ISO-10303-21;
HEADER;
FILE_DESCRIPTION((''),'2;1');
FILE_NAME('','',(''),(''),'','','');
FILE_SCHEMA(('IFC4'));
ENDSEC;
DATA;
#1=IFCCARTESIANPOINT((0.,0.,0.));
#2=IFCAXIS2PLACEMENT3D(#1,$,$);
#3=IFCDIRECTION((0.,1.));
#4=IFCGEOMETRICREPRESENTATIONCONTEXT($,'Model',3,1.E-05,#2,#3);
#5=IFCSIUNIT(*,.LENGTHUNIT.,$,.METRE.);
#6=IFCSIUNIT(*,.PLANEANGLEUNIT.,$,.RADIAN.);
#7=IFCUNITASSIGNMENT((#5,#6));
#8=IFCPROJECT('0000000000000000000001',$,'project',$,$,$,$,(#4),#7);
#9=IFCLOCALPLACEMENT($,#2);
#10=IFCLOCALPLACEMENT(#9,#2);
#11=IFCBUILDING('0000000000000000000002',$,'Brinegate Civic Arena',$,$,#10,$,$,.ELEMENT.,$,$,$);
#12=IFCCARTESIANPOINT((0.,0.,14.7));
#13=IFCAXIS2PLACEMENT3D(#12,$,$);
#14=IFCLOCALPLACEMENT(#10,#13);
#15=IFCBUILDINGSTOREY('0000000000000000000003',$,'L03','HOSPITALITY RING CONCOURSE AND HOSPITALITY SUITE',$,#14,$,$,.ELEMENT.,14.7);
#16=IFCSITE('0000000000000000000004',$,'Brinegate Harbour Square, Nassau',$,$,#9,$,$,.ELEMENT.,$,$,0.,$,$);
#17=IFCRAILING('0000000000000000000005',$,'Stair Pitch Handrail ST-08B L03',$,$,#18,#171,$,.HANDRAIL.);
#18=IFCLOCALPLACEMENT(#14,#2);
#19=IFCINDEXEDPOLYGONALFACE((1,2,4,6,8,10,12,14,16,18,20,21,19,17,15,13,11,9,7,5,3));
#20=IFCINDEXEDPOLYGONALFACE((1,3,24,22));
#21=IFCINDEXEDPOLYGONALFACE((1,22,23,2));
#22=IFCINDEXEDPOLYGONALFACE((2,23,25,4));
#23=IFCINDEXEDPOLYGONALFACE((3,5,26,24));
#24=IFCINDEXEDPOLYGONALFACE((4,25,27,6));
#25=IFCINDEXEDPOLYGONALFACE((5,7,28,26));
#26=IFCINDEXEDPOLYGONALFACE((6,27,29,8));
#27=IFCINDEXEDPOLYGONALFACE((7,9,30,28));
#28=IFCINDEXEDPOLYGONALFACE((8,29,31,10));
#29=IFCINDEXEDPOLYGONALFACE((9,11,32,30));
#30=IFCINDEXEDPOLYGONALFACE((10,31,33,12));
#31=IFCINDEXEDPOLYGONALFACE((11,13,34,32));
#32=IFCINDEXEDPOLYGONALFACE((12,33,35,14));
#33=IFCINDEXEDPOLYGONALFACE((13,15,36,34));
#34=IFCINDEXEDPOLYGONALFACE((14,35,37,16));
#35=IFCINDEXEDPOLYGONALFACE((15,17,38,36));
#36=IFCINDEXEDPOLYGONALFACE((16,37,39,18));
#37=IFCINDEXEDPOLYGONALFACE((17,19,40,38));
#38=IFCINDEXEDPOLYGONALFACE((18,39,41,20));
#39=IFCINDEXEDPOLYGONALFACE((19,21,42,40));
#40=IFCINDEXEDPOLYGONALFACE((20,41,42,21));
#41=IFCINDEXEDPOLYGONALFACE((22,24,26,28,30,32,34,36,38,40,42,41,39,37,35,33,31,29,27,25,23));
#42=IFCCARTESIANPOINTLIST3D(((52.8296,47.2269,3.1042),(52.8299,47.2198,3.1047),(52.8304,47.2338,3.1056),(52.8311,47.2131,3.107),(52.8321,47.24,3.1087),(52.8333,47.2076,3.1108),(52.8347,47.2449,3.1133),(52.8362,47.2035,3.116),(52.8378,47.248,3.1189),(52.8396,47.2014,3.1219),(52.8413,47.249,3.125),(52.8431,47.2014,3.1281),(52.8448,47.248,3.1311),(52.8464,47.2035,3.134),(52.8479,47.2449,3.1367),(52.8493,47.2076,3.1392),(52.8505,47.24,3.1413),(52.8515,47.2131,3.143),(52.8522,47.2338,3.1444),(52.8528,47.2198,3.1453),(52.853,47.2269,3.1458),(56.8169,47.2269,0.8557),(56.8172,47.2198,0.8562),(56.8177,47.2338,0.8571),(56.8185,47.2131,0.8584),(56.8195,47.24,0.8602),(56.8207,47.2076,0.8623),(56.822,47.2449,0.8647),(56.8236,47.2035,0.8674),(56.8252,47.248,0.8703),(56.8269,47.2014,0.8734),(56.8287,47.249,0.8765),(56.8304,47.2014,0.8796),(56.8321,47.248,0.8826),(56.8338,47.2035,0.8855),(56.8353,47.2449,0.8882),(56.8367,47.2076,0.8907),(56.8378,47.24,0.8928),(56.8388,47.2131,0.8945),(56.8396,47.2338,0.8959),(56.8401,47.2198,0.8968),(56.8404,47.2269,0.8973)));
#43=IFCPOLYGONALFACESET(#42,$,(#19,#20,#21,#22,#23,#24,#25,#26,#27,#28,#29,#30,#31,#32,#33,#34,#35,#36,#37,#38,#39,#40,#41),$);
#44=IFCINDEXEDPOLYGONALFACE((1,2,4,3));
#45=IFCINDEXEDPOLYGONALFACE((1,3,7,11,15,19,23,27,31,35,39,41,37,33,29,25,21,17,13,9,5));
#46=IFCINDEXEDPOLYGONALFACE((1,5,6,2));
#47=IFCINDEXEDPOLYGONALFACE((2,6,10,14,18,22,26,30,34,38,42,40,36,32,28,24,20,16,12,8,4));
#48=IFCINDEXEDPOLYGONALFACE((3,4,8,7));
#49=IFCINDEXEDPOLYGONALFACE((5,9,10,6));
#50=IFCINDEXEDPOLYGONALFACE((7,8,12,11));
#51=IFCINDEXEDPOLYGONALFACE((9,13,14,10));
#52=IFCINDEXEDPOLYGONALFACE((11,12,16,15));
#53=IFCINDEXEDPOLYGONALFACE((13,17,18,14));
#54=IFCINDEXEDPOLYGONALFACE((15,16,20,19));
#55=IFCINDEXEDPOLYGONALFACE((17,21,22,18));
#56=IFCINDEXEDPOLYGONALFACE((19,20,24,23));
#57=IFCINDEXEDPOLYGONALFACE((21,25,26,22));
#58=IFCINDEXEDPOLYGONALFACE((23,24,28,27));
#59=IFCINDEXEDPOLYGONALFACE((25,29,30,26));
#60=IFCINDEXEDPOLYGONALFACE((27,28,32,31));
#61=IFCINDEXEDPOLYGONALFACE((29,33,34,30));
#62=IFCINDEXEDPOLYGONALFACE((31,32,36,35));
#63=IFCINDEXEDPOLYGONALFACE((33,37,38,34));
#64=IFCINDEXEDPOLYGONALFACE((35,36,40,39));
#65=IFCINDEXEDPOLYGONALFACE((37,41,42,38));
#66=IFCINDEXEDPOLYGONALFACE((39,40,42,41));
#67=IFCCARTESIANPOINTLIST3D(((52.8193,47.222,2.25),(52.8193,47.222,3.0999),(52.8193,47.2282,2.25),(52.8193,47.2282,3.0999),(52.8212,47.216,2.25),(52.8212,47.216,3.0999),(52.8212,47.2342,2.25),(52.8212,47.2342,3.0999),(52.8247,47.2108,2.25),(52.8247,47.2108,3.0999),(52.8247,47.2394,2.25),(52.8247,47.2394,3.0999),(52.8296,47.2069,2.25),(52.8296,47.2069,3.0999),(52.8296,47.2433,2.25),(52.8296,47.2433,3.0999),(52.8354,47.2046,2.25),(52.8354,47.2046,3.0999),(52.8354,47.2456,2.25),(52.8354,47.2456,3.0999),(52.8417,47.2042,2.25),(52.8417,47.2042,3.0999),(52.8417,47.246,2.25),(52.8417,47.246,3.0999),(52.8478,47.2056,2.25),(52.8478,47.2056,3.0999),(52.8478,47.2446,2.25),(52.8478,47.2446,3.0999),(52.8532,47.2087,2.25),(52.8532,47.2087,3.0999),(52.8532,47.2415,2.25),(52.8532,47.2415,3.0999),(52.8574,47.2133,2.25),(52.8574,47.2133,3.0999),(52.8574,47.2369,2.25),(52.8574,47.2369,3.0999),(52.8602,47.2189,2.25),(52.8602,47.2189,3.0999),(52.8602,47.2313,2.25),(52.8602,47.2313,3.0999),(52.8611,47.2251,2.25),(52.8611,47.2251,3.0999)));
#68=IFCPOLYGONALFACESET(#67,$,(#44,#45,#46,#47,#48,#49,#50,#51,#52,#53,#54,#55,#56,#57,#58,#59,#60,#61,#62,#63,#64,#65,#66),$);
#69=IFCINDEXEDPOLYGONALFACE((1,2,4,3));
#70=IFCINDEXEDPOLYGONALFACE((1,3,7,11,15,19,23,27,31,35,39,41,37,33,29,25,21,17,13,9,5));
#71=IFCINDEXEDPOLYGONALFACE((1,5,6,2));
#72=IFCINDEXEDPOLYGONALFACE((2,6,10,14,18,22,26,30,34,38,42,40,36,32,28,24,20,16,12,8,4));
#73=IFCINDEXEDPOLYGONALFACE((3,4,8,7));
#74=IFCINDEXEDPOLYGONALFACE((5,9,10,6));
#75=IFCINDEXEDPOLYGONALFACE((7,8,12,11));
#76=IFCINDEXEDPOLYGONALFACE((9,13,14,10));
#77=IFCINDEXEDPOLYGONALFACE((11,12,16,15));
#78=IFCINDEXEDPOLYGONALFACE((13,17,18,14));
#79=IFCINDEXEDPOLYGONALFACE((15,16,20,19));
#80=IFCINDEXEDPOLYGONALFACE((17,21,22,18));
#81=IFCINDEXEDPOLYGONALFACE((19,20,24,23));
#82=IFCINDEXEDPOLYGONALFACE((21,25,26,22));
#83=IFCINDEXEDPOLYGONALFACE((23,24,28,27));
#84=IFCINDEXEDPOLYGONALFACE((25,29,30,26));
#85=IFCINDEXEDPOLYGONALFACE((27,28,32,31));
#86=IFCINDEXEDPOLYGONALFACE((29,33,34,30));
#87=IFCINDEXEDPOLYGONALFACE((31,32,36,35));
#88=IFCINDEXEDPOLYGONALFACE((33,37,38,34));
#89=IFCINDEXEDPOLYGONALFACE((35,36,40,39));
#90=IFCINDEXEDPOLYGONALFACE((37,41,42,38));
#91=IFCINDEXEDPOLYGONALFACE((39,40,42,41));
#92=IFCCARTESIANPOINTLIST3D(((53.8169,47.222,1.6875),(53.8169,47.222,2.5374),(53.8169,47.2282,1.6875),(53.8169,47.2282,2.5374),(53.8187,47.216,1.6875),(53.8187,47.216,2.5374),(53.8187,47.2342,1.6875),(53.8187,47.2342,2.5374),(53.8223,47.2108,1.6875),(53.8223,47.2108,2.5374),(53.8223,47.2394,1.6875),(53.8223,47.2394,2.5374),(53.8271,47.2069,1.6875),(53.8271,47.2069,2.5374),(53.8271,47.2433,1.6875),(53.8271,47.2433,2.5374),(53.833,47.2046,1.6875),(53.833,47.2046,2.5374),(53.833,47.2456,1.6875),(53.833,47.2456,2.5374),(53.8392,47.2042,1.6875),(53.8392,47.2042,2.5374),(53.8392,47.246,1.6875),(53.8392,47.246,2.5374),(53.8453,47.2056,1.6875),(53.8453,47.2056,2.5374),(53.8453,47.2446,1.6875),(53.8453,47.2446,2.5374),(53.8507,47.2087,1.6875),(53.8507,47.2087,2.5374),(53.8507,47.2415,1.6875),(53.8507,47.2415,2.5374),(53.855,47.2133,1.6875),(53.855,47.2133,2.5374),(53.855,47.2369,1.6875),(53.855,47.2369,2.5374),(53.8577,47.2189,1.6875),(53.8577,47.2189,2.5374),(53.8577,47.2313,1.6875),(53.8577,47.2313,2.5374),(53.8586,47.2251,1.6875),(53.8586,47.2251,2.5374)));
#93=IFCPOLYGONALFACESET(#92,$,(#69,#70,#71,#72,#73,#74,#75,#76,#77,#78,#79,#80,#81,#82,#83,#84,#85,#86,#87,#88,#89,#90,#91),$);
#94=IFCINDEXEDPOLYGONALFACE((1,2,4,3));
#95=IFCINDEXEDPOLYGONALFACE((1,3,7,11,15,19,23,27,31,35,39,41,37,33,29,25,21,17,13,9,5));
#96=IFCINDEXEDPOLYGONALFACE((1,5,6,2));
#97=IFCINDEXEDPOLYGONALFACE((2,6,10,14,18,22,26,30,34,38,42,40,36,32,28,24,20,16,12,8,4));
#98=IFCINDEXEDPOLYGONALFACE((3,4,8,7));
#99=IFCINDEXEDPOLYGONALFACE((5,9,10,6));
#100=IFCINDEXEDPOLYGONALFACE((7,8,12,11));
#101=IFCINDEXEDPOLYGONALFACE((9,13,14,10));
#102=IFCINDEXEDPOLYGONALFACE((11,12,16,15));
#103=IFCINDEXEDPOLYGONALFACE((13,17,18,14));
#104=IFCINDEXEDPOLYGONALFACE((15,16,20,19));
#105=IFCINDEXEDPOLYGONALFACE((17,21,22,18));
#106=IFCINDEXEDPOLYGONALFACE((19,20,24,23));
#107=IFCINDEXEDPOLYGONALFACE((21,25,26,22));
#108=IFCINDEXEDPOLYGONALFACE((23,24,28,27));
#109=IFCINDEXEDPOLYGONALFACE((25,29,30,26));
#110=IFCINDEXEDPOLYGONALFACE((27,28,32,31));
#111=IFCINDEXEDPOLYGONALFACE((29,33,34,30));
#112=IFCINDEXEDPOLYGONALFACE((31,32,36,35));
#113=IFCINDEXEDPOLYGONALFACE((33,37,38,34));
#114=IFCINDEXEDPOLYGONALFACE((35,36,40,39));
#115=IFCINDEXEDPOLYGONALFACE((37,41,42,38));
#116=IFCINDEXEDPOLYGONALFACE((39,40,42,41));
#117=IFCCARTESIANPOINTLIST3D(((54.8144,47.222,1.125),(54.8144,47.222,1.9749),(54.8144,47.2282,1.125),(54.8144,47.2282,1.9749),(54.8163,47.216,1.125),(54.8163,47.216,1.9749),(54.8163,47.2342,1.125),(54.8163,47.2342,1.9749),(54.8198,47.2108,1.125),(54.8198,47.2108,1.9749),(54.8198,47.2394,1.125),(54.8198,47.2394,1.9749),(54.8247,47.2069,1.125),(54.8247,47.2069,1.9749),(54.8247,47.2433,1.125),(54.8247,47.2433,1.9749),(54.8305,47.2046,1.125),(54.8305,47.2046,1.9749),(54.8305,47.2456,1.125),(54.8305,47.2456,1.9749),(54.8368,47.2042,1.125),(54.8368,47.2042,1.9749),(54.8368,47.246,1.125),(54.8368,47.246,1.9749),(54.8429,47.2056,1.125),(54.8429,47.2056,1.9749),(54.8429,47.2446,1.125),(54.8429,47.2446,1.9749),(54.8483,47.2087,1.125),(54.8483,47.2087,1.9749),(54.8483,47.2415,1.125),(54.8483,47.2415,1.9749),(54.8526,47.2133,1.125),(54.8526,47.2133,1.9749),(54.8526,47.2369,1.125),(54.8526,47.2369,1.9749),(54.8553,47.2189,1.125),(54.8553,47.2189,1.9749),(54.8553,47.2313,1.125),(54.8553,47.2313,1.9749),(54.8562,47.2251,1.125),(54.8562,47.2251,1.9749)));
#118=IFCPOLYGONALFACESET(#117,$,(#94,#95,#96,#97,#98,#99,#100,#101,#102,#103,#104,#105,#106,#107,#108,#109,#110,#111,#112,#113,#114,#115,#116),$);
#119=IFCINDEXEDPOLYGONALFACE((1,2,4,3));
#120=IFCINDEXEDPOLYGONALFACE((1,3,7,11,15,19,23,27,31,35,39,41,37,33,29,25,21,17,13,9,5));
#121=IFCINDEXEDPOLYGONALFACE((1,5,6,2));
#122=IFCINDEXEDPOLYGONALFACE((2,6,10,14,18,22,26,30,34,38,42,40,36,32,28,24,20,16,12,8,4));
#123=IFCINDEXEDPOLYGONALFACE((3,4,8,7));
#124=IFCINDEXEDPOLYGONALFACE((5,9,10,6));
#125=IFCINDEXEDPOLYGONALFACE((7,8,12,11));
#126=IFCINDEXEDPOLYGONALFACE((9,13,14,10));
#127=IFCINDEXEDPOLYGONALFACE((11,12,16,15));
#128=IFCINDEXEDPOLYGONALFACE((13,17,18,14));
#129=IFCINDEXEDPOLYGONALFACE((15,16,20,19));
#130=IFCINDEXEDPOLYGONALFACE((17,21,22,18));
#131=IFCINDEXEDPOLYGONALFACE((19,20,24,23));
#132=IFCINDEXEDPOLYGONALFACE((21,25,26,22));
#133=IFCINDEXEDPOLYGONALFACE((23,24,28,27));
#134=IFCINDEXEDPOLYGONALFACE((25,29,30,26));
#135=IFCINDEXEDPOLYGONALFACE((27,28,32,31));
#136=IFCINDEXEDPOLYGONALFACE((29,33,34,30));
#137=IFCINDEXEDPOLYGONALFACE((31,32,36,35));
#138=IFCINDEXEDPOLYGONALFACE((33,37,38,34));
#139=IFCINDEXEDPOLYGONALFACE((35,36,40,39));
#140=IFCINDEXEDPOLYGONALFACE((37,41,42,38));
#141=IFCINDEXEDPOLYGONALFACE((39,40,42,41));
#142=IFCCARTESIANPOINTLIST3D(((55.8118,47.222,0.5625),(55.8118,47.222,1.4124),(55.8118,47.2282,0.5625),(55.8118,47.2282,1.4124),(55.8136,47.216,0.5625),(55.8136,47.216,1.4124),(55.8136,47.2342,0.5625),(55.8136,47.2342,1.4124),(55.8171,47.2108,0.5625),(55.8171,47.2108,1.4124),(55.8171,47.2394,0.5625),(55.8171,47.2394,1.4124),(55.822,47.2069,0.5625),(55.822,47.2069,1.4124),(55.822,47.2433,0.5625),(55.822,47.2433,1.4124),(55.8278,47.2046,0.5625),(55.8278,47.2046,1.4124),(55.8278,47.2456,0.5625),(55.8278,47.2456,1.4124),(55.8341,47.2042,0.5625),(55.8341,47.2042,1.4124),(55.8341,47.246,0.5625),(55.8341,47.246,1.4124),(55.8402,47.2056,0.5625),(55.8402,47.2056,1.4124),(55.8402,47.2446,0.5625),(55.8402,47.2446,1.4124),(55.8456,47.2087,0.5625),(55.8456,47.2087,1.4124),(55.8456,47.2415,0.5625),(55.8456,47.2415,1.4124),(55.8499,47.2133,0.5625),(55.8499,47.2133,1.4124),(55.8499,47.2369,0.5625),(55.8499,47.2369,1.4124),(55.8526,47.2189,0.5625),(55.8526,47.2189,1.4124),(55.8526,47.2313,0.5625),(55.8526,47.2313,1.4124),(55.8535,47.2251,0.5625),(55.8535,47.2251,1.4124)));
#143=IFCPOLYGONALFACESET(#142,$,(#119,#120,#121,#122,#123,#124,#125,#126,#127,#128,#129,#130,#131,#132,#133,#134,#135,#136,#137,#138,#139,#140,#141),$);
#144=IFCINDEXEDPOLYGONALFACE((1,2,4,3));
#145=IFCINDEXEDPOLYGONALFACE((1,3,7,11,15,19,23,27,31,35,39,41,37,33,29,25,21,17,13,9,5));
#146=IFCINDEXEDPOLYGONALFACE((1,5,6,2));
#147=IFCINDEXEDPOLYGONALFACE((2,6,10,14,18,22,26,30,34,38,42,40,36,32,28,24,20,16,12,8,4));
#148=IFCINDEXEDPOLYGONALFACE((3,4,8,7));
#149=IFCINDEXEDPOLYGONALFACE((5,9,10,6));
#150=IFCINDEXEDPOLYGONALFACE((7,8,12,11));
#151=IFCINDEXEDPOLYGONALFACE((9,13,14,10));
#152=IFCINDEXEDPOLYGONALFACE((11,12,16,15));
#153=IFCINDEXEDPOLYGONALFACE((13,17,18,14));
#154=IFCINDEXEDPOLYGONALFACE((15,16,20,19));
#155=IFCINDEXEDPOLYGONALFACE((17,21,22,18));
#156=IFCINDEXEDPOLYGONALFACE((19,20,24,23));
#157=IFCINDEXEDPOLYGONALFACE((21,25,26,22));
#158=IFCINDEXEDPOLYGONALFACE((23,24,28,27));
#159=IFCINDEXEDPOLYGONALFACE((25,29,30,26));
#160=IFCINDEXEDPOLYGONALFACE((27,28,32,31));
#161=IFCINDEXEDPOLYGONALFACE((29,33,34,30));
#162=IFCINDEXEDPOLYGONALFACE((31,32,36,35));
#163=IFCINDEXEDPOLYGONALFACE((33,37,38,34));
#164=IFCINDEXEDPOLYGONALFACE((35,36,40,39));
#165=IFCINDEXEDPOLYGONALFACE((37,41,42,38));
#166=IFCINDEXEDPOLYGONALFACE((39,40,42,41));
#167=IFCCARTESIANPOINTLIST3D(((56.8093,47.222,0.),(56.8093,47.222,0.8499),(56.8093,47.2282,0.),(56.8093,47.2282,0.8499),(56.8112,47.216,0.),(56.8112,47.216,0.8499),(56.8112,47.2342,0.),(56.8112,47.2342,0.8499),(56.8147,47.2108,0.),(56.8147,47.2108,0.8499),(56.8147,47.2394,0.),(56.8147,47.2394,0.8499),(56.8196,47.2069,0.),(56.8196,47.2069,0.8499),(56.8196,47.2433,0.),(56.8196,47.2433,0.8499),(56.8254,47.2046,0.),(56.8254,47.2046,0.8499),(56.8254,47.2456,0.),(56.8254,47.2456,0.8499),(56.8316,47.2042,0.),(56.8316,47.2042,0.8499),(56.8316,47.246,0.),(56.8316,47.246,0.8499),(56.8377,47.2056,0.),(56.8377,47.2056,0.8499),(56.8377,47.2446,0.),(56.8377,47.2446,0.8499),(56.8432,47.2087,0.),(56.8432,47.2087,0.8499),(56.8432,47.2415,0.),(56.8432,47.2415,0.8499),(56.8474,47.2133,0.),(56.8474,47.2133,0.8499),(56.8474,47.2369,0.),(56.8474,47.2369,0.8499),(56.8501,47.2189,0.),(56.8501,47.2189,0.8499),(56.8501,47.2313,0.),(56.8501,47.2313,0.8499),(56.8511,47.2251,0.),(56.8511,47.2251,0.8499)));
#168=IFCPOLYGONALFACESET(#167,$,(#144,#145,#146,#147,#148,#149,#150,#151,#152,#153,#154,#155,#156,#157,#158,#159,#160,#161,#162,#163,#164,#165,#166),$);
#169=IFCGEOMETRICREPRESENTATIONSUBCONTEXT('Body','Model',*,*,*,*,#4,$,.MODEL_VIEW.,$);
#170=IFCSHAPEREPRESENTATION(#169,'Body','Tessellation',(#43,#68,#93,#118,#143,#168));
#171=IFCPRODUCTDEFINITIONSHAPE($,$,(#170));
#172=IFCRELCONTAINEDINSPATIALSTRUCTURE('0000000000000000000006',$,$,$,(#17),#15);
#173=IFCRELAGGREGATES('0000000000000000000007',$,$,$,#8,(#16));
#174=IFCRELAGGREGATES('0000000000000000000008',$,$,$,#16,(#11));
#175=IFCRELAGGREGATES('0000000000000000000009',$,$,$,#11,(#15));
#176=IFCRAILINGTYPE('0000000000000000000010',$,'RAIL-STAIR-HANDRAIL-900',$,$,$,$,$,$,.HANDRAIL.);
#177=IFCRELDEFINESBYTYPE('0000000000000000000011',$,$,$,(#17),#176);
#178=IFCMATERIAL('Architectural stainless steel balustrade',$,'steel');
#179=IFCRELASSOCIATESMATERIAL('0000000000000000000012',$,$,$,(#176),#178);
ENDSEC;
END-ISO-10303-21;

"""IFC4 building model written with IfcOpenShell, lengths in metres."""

from ifc_helpers import new_model, si_unit, direction, frame, origin, origin_2d, place, context, subcontext, project, spatial, circle, extrude, material, type_object, element, save


model = new_model("IFC4")

# Units and contexts
model_context = context("Model", 3, precision=1e-05, world=origin(), true_north=direction((0.0, 1.0)))
body_context = subcontext(model_context, "Body", "Model", "MODEL_VIEW")
ifc_project = project(units=[si_unit("LENGTHUNIT", "METRE"), si_unit("PLANEANGLEUNIT", "RADIAN")], contexts=[model_context])

# Site, building, storey
site_placement = place(None, origin())
site = spatial("IfcSite", under=ifc_project, at=site_placement, Name="Brinegate Harbour Square, Nassau", CompositionType="ELEMENT", RefElevation=0.0)
building_placement = place(site_placement, origin())
building = spatial("IfcBuilding", under=site, at=building_placement, Name="Brinegate Civic Arena", CompositionType="ELEMENT")
storey_placement = place(building_placement, frame((0.0, 0.0, 14.7)))
storey = spatial("IfcBuildingStorey", under=building, at=storey_placement, Name="L03", Description="HOSPITALITY RING CONCOURSE AND HOSPITALITY SUITE", CompositionType="ELEMENT", Elevation=14.7)

# Railing
ifc_material_1 = material(Name="Architectural stainless steel balustrade", Category="steel")
railing_type_1 = type_object("IfcRailingType", Name="RAIL-STAIR-HANDRAIL-900", PredefinedType="HANDRAIL", material=ifc_material_1)
railing_1_placement = place(storey_placement, frame((52.8401, 47.2251, 2.25)))
element("IfcRailing", 1, at=railing_1_placement, inside=storey, type_object=railing_type_1, Name="Stair Pitch Handrail ST-08B L03", PredefinedType="HANDRAIL", context=body_context, shape_type="SweptSolid", body=[
    extrude(circle(Radius=0.0239, at=origin_2d()), frame((0.0012, 0.0, 0.875), z_axis=(0.87105, 0.0, -0.491195), x_axis=(0.0, 1.0, 0.0)), (0.0, 0.0, 1.0), 4.5776),
    extrude(circle(Radius=0.021, at=origin_2d()), origin(), (0.0, 0.0, 1.0), 0.8499),
    extrude(circle(Radius=0.021, at=origin_2d()), frame((0.9976, 0.0, -0.5625)), (0.0, 0.0, 1.0), 0.8499),
    extrude(circle(Radius=0.021, at=origin_2d()), frame((1.9951, 0.0, -1.125)), (0.0, 0.0, 1.0), 0.8499),
    extrude(circle(Radius=0.021, at=origin_2d()), frame((2.9924, 0.0, -1.6875)), (0.0, 0.0, 1.0), 0.8499),
    extrude(circle(Radius=0.021, at=origin_2d()), frame((3.99, 0.0, -2.25)), (0.0, 0.0, 1.0), 0.8499),
])

save(model, "model.ifc")
